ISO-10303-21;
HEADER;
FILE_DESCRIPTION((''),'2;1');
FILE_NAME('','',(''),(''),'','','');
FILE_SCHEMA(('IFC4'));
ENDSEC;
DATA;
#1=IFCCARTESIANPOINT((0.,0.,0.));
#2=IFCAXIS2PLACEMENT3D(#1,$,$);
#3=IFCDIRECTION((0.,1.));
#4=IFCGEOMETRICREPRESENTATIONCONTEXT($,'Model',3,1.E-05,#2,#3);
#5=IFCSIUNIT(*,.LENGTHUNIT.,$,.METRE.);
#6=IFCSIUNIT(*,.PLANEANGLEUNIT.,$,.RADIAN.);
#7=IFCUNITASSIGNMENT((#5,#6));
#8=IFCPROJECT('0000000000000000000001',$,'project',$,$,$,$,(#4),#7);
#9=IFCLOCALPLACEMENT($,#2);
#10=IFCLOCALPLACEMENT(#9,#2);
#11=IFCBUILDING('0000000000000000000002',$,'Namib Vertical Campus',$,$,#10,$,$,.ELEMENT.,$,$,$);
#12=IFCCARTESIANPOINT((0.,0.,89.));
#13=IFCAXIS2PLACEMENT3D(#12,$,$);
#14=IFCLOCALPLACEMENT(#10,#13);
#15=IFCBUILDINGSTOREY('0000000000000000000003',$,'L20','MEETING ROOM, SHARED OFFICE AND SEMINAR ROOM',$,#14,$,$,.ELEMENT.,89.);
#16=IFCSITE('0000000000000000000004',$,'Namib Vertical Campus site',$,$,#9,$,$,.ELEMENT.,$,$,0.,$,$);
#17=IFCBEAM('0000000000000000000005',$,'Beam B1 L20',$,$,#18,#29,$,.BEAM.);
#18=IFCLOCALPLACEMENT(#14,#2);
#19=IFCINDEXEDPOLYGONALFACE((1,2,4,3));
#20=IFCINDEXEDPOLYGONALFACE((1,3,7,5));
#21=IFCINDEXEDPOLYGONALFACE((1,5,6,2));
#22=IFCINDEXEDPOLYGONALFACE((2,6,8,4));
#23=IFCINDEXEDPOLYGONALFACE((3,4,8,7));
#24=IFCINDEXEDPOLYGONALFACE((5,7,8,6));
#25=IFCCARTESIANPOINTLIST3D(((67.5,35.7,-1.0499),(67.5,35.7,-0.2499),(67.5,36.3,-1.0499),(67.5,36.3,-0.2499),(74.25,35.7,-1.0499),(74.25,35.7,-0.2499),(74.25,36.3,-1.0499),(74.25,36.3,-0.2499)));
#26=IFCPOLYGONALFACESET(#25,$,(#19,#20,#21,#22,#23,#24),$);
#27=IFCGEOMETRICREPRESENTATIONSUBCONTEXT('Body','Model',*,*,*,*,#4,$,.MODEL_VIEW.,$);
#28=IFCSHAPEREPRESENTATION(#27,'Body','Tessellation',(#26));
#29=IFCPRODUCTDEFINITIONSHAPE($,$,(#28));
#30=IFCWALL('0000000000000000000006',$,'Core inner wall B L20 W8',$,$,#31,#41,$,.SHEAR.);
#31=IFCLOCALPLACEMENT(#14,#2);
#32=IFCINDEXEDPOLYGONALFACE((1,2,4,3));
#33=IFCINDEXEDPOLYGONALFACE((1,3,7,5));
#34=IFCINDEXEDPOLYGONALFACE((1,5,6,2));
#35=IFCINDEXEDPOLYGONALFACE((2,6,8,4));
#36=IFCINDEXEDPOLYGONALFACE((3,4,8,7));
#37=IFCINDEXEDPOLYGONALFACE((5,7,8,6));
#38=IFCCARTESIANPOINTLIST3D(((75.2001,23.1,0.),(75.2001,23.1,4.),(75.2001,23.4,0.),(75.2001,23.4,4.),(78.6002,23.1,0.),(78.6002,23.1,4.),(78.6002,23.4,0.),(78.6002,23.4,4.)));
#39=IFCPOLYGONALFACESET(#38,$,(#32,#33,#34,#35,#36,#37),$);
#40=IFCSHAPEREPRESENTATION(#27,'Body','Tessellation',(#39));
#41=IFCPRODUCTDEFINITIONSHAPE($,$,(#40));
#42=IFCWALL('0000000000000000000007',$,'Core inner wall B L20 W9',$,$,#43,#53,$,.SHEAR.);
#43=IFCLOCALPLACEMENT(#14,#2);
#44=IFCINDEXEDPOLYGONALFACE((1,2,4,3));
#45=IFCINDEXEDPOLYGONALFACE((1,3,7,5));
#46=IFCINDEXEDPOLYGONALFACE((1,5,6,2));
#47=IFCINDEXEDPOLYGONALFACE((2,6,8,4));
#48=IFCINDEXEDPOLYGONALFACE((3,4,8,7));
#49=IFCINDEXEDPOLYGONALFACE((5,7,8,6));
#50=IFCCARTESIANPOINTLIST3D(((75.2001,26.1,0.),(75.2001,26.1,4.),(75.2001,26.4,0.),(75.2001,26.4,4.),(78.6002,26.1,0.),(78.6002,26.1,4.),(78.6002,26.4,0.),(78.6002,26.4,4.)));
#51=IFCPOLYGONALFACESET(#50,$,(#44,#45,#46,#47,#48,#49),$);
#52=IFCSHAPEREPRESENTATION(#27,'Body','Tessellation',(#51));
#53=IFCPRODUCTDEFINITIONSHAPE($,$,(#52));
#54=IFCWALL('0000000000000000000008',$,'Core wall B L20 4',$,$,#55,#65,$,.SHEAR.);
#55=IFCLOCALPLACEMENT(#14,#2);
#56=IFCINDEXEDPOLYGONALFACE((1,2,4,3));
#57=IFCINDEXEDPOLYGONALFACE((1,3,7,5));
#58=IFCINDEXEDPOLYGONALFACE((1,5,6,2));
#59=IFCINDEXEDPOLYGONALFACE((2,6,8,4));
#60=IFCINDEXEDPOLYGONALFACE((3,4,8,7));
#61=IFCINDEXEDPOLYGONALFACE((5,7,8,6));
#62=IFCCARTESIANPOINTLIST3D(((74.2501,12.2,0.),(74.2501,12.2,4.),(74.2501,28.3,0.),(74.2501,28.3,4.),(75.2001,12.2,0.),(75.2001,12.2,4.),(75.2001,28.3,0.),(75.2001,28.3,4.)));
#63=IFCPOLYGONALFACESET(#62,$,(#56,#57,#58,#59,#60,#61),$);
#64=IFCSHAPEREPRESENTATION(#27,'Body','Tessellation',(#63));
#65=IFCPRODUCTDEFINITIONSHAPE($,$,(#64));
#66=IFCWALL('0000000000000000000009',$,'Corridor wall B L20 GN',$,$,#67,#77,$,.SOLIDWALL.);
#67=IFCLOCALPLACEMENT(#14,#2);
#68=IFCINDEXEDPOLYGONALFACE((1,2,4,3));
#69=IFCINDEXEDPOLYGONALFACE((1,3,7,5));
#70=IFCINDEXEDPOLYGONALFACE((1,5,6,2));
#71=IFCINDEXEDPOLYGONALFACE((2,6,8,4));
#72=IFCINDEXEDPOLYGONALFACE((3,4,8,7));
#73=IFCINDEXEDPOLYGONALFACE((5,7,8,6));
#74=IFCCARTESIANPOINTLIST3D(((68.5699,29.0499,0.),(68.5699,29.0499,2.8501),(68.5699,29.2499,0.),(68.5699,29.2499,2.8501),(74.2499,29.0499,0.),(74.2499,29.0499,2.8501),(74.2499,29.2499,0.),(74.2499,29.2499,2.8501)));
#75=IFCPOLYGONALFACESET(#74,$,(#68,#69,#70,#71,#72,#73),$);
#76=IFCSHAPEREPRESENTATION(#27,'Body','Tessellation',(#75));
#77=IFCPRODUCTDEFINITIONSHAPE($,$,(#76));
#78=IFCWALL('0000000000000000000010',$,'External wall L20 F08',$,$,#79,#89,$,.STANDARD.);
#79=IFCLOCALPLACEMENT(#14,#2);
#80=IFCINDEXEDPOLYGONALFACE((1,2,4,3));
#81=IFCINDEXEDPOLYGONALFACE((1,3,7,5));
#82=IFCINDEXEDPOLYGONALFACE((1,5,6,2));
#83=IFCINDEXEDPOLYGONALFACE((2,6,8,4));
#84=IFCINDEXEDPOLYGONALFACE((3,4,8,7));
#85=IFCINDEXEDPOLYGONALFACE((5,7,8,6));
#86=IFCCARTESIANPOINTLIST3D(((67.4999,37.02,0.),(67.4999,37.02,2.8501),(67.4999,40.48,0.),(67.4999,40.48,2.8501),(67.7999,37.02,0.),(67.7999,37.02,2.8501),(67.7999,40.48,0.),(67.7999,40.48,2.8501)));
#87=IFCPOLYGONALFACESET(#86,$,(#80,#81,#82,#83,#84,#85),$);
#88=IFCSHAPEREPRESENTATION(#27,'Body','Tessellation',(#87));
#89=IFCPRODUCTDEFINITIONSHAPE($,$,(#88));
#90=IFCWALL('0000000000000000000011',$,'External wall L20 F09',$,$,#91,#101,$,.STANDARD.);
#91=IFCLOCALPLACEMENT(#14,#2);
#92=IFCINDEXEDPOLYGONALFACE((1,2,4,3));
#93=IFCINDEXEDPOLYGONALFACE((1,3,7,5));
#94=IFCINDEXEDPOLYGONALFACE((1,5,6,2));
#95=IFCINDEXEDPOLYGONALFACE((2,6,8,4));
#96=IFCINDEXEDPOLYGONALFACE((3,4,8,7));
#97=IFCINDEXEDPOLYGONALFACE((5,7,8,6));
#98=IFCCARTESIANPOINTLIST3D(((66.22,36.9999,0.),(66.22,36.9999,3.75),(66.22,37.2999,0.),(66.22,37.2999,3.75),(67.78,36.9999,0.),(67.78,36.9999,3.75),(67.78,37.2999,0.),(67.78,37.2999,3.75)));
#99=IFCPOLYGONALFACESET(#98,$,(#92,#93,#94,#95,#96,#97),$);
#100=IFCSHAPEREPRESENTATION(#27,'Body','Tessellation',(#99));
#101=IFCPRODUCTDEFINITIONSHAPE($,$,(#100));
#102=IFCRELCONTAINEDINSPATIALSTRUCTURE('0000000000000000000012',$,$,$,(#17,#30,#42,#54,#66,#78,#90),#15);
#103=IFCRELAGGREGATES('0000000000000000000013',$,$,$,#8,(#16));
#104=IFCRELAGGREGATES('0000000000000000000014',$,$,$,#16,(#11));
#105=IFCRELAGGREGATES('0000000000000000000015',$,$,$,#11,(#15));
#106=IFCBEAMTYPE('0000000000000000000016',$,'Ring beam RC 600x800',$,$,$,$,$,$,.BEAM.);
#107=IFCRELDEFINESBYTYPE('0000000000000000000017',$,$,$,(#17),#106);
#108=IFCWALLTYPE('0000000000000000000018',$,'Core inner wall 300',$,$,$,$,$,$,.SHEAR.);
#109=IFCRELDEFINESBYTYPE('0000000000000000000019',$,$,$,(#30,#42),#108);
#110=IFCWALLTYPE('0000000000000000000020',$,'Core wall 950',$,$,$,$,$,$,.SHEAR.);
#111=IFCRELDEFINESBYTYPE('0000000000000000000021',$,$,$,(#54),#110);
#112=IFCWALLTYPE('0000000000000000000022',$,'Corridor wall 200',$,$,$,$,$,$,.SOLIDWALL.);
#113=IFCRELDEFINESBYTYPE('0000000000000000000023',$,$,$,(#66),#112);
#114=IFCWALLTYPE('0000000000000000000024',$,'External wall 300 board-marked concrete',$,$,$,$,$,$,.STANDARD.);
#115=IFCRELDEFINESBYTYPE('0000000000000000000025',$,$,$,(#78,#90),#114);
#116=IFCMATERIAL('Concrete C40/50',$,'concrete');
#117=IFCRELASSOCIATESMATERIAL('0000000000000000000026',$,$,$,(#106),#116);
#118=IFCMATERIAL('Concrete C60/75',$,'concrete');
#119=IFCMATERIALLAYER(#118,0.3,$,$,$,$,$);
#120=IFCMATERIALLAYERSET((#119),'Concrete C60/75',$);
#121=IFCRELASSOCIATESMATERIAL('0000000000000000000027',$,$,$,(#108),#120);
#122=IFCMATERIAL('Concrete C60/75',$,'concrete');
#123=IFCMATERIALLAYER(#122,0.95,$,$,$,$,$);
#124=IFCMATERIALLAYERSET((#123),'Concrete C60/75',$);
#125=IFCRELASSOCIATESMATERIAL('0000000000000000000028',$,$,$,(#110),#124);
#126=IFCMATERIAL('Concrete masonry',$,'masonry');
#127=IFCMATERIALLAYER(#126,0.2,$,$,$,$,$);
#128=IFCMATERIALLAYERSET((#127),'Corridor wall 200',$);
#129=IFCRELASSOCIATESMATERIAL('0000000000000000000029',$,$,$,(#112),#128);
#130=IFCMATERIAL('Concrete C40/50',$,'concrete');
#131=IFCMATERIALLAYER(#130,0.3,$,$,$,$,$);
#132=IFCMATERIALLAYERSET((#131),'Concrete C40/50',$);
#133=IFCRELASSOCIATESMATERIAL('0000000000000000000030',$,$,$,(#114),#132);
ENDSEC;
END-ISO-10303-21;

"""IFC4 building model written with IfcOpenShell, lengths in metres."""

from ifc_helpers import new_model, si_unit, direction, frame, frame_2d, origin, origin_2d, place, context, subcontext, project, spatial, rectangle, extrude, material, layer, layer_set, material_profile, profile_set, type_object, element, save


model = new_model("IFC4")

# Units and contexts
model_context = context("Model", 3, precision=1e-05, world=origin(), true_north=direction((0.0, 1.0)))
body_context = subcontext(model_context, "Body", "Model", "MODEL_VIEW")
ifc_project = project(units=[si_unit("LENGTHUNIT", "METRE"), si_unit("PLANEANGLEUNIT", "RADIAN")], contexts=[model_context])

# Site, building, storey
site_placement = place(None, origin())
site = spatial("IfcSite", under=ifc_project, at=site_placement, Name="Namib Vertical Campus site", CompositionType="ELEMENT", RefElevation=0.0)
building_placement = place(site_placement, origin())
building = spatial("IfcBuilding", under=site, at=building_placement, Name="Namib Vertical Campus", CompositionType="ELEMENT")
storey_placement = place(building_placement, frame((0.0, 0.0, 89.0)))
storey = spatial("IfcBuildingStorey", under=building, at=storey_placement, Name="L20", Description="MEETING ROOM, SHARED OFFICE AND SEMINAR ROOM", CompositionType="ELEMENT", Elevation=89.0)

# Beam
ifc_material_1 = material(Name="Concrete C40/50", Category="concrete")
ifc_material_profile_1 = material_profile(ifc_material_1, rectangle(XDim=0.6001, YDim=0.8, at=origin_2d()))
ifc_profile_set_1 = profile_set([ifc_material_profile_1], Name="Concrete C40/50")
beam_type_1 = type_object("IfcBeamType", Name="Ring beam RC 600x800", PredefinedType="BEAM", material=ifc_profile_set_1)
beam_1_placement = place(storey_placement, frame((67.5, 36.0, -0.6499), z_axis=(1.0, 0.0, 0.0), x_axis=(0.0, 1.0, 0.0)))
element("IfcBeam", 1, at=beam_1_placement, inside=storey, type_object=beam_type_1, Name="Beam B1 L20", PredefinedType="BEAM", context=body_context, shape_type="SweptSolid", body=[
    extrude(rectangle(XDim=0.6001, YDim=0.8, at=origin_2d()), origin(), (0.0, 0.0, 1.0), 6.75),
])

# Walls
ifc_material_2 = material(Name="Concrete C60/75", Category="concrete")
ifc_layer_1 = layer(ifc_material_2, 0.3)
ifc_layer_set_1 = layer_set([ifc_layer_1], Name="Concrete C60/75")
wall_type_1 = type_object("IfcWallType", Name="Core inner wall 300", PredefinedType="SHEAR", material=ifc_layer_set_1)
for number, where, z_axis, x_axis, name in (
    (2, (75.2, 23.25, 0.0), (0.0, 0.0, 1.0), (1.0, 0.0, 0.0), "Core inner wall B L20 W8"),
    (3, (75.2, 26.25, 0.0), (0.0, 0.0, 1.0), (1.0, 0.0, 0.0), "Core inner wall B L20 W9"),
):
    element("IfcWall", number, at=place(storey_placement, frame(where, z_axis=z_axis, x_axis=x_axis)), inside=storey, type_object=wall_type_1, Name=name, PredefinedType="SHEAR", context=body_context, shape_type="SweptSolid", body=[
        extrude(rectangle(XDim=3.4001, YDim=0.3, at=frame_2d((1.7002, 0.0))), origin(), (0.0, 0.0, 1.0), 4.0),
    ])
ifc_material_3 = material(Name="Concrete C60/75", Category="concrete")
ifc_layer_2 = layer(ifc_material_3, 0.95)
ifc_layer_set_2 = layer_set([ifc_layer_2], Name="Concrete C60/75")
wall_type_2 = type_object("IfcWallType", Name="Core wall 950", PredefinedType="SHEAR", material=ifc_layer_set_2)
wall_1_placement = place(storey_placement, frame((74.7251, 28.3, 0.0), z_axis=(0.0, 0.0, 1.0), x_axis=(0.0, -1.0, 0.0)))
element("IfcWall", 4, at=wall_1_placement, inside=storey, type_object=wall_type_2, Name="Core wall B L20 4", PredefinedType="SHEAR", context=body_context, shape_type="SweptSolid", body=[
    extrude(rectangle(XDim=16.1001, YDim=0.95, at=frame_2d((8.05, 0.0))), origin(), (0.0, 0.0, 1.0), 4.0),
])
ifc_material_4 = material(Name="Concrete masonry", Category="masonry")
ifc_layer_3 = layer(ifc_material_4, 0.2)
ifc_layer_set_3 = layer_set([ifc_layer_3], Name="Corridor wall 200")
wall_type_3 = type_object("IfcWallType", Name="Corridor wall 200", PredefinedType="SOLIDWALL", material=ifc_layer_set_3)
wall_2_placement = place(storey_placement, frame((68.5701, 29.1499, 0.0), z_axis=(0.0, 0.0, 1.0), x_axis=(1.0, 0.0, 0.0)))
element("IfcWall", 5, at=wall_2_placement, inside=storey, type_object=wall_type_3, Name="Corridor wall B L20 GN", PredefinedType="SOLIDWALL", context=body_context, shape_type="SweptSolid", body=[
    extrude(rectangle(XDim=5.6799, YDim=0.2, at=frame_2d((2.8398, 0.0))), origin(), (0.0, 0.0, 1.0), 2.8501),
])
ifc_material_5 = material(Name="Concrete C40/50", Category="concrete")
ifc_layer_4 = layer(ifc_material_5, 0.3)
ifc_layer_set_4 = layer_set([ifc_layer_4], Name="Concrete C40/50")
wall_type_4 = type_object("IfcWallType", Name="External wall 300 board-marked concrete", PredefinedType="STANDARD", material=ifc_layer_set_4)
wall_3_placement = place(storey_placement, frame((67.6499, 40.48, 0.0), z_axis=(0.0, 0.0, 1.0), x_axis=(0.0, -1.0, 0.0)))
element("IfcWall", 6, at=wall_3_placement, inside=storey, type_object=wall_type_4, Name="External wall L20 F08", PredefinedType="STANDARD", context=body_context, shape_type="SweptSolid", body=[
    extrude(rectangle(XDim=3.46, YDim=0.3, at=frame_2d((1.73, 0.0))), origin(), (0.0, 0.0, 1.0), 2.8501),
])
wall_4_placement = place(storey_placement, frame((67.78, 37.1499, 0.0), z_axis=(0.0, 0.0, 1.0), x_axis=(-1.0, 0.0, 0.0)))
element("IfcWall", 7, at=wall_4_placement, inside=storey, type_object=wall_type_4, Name="External wall L20 F09", PredefinedType="STANDARD", context=body_context, shape_type="SweptSolid", body=[
    extrude(rectangle(XDim=1.5601, YDim=0.3, at=frame_2d((0.78, 0.0))), origin(), (0.0, 0.0, 1.0), 3.75),
])

save(model, "model.ifc")
